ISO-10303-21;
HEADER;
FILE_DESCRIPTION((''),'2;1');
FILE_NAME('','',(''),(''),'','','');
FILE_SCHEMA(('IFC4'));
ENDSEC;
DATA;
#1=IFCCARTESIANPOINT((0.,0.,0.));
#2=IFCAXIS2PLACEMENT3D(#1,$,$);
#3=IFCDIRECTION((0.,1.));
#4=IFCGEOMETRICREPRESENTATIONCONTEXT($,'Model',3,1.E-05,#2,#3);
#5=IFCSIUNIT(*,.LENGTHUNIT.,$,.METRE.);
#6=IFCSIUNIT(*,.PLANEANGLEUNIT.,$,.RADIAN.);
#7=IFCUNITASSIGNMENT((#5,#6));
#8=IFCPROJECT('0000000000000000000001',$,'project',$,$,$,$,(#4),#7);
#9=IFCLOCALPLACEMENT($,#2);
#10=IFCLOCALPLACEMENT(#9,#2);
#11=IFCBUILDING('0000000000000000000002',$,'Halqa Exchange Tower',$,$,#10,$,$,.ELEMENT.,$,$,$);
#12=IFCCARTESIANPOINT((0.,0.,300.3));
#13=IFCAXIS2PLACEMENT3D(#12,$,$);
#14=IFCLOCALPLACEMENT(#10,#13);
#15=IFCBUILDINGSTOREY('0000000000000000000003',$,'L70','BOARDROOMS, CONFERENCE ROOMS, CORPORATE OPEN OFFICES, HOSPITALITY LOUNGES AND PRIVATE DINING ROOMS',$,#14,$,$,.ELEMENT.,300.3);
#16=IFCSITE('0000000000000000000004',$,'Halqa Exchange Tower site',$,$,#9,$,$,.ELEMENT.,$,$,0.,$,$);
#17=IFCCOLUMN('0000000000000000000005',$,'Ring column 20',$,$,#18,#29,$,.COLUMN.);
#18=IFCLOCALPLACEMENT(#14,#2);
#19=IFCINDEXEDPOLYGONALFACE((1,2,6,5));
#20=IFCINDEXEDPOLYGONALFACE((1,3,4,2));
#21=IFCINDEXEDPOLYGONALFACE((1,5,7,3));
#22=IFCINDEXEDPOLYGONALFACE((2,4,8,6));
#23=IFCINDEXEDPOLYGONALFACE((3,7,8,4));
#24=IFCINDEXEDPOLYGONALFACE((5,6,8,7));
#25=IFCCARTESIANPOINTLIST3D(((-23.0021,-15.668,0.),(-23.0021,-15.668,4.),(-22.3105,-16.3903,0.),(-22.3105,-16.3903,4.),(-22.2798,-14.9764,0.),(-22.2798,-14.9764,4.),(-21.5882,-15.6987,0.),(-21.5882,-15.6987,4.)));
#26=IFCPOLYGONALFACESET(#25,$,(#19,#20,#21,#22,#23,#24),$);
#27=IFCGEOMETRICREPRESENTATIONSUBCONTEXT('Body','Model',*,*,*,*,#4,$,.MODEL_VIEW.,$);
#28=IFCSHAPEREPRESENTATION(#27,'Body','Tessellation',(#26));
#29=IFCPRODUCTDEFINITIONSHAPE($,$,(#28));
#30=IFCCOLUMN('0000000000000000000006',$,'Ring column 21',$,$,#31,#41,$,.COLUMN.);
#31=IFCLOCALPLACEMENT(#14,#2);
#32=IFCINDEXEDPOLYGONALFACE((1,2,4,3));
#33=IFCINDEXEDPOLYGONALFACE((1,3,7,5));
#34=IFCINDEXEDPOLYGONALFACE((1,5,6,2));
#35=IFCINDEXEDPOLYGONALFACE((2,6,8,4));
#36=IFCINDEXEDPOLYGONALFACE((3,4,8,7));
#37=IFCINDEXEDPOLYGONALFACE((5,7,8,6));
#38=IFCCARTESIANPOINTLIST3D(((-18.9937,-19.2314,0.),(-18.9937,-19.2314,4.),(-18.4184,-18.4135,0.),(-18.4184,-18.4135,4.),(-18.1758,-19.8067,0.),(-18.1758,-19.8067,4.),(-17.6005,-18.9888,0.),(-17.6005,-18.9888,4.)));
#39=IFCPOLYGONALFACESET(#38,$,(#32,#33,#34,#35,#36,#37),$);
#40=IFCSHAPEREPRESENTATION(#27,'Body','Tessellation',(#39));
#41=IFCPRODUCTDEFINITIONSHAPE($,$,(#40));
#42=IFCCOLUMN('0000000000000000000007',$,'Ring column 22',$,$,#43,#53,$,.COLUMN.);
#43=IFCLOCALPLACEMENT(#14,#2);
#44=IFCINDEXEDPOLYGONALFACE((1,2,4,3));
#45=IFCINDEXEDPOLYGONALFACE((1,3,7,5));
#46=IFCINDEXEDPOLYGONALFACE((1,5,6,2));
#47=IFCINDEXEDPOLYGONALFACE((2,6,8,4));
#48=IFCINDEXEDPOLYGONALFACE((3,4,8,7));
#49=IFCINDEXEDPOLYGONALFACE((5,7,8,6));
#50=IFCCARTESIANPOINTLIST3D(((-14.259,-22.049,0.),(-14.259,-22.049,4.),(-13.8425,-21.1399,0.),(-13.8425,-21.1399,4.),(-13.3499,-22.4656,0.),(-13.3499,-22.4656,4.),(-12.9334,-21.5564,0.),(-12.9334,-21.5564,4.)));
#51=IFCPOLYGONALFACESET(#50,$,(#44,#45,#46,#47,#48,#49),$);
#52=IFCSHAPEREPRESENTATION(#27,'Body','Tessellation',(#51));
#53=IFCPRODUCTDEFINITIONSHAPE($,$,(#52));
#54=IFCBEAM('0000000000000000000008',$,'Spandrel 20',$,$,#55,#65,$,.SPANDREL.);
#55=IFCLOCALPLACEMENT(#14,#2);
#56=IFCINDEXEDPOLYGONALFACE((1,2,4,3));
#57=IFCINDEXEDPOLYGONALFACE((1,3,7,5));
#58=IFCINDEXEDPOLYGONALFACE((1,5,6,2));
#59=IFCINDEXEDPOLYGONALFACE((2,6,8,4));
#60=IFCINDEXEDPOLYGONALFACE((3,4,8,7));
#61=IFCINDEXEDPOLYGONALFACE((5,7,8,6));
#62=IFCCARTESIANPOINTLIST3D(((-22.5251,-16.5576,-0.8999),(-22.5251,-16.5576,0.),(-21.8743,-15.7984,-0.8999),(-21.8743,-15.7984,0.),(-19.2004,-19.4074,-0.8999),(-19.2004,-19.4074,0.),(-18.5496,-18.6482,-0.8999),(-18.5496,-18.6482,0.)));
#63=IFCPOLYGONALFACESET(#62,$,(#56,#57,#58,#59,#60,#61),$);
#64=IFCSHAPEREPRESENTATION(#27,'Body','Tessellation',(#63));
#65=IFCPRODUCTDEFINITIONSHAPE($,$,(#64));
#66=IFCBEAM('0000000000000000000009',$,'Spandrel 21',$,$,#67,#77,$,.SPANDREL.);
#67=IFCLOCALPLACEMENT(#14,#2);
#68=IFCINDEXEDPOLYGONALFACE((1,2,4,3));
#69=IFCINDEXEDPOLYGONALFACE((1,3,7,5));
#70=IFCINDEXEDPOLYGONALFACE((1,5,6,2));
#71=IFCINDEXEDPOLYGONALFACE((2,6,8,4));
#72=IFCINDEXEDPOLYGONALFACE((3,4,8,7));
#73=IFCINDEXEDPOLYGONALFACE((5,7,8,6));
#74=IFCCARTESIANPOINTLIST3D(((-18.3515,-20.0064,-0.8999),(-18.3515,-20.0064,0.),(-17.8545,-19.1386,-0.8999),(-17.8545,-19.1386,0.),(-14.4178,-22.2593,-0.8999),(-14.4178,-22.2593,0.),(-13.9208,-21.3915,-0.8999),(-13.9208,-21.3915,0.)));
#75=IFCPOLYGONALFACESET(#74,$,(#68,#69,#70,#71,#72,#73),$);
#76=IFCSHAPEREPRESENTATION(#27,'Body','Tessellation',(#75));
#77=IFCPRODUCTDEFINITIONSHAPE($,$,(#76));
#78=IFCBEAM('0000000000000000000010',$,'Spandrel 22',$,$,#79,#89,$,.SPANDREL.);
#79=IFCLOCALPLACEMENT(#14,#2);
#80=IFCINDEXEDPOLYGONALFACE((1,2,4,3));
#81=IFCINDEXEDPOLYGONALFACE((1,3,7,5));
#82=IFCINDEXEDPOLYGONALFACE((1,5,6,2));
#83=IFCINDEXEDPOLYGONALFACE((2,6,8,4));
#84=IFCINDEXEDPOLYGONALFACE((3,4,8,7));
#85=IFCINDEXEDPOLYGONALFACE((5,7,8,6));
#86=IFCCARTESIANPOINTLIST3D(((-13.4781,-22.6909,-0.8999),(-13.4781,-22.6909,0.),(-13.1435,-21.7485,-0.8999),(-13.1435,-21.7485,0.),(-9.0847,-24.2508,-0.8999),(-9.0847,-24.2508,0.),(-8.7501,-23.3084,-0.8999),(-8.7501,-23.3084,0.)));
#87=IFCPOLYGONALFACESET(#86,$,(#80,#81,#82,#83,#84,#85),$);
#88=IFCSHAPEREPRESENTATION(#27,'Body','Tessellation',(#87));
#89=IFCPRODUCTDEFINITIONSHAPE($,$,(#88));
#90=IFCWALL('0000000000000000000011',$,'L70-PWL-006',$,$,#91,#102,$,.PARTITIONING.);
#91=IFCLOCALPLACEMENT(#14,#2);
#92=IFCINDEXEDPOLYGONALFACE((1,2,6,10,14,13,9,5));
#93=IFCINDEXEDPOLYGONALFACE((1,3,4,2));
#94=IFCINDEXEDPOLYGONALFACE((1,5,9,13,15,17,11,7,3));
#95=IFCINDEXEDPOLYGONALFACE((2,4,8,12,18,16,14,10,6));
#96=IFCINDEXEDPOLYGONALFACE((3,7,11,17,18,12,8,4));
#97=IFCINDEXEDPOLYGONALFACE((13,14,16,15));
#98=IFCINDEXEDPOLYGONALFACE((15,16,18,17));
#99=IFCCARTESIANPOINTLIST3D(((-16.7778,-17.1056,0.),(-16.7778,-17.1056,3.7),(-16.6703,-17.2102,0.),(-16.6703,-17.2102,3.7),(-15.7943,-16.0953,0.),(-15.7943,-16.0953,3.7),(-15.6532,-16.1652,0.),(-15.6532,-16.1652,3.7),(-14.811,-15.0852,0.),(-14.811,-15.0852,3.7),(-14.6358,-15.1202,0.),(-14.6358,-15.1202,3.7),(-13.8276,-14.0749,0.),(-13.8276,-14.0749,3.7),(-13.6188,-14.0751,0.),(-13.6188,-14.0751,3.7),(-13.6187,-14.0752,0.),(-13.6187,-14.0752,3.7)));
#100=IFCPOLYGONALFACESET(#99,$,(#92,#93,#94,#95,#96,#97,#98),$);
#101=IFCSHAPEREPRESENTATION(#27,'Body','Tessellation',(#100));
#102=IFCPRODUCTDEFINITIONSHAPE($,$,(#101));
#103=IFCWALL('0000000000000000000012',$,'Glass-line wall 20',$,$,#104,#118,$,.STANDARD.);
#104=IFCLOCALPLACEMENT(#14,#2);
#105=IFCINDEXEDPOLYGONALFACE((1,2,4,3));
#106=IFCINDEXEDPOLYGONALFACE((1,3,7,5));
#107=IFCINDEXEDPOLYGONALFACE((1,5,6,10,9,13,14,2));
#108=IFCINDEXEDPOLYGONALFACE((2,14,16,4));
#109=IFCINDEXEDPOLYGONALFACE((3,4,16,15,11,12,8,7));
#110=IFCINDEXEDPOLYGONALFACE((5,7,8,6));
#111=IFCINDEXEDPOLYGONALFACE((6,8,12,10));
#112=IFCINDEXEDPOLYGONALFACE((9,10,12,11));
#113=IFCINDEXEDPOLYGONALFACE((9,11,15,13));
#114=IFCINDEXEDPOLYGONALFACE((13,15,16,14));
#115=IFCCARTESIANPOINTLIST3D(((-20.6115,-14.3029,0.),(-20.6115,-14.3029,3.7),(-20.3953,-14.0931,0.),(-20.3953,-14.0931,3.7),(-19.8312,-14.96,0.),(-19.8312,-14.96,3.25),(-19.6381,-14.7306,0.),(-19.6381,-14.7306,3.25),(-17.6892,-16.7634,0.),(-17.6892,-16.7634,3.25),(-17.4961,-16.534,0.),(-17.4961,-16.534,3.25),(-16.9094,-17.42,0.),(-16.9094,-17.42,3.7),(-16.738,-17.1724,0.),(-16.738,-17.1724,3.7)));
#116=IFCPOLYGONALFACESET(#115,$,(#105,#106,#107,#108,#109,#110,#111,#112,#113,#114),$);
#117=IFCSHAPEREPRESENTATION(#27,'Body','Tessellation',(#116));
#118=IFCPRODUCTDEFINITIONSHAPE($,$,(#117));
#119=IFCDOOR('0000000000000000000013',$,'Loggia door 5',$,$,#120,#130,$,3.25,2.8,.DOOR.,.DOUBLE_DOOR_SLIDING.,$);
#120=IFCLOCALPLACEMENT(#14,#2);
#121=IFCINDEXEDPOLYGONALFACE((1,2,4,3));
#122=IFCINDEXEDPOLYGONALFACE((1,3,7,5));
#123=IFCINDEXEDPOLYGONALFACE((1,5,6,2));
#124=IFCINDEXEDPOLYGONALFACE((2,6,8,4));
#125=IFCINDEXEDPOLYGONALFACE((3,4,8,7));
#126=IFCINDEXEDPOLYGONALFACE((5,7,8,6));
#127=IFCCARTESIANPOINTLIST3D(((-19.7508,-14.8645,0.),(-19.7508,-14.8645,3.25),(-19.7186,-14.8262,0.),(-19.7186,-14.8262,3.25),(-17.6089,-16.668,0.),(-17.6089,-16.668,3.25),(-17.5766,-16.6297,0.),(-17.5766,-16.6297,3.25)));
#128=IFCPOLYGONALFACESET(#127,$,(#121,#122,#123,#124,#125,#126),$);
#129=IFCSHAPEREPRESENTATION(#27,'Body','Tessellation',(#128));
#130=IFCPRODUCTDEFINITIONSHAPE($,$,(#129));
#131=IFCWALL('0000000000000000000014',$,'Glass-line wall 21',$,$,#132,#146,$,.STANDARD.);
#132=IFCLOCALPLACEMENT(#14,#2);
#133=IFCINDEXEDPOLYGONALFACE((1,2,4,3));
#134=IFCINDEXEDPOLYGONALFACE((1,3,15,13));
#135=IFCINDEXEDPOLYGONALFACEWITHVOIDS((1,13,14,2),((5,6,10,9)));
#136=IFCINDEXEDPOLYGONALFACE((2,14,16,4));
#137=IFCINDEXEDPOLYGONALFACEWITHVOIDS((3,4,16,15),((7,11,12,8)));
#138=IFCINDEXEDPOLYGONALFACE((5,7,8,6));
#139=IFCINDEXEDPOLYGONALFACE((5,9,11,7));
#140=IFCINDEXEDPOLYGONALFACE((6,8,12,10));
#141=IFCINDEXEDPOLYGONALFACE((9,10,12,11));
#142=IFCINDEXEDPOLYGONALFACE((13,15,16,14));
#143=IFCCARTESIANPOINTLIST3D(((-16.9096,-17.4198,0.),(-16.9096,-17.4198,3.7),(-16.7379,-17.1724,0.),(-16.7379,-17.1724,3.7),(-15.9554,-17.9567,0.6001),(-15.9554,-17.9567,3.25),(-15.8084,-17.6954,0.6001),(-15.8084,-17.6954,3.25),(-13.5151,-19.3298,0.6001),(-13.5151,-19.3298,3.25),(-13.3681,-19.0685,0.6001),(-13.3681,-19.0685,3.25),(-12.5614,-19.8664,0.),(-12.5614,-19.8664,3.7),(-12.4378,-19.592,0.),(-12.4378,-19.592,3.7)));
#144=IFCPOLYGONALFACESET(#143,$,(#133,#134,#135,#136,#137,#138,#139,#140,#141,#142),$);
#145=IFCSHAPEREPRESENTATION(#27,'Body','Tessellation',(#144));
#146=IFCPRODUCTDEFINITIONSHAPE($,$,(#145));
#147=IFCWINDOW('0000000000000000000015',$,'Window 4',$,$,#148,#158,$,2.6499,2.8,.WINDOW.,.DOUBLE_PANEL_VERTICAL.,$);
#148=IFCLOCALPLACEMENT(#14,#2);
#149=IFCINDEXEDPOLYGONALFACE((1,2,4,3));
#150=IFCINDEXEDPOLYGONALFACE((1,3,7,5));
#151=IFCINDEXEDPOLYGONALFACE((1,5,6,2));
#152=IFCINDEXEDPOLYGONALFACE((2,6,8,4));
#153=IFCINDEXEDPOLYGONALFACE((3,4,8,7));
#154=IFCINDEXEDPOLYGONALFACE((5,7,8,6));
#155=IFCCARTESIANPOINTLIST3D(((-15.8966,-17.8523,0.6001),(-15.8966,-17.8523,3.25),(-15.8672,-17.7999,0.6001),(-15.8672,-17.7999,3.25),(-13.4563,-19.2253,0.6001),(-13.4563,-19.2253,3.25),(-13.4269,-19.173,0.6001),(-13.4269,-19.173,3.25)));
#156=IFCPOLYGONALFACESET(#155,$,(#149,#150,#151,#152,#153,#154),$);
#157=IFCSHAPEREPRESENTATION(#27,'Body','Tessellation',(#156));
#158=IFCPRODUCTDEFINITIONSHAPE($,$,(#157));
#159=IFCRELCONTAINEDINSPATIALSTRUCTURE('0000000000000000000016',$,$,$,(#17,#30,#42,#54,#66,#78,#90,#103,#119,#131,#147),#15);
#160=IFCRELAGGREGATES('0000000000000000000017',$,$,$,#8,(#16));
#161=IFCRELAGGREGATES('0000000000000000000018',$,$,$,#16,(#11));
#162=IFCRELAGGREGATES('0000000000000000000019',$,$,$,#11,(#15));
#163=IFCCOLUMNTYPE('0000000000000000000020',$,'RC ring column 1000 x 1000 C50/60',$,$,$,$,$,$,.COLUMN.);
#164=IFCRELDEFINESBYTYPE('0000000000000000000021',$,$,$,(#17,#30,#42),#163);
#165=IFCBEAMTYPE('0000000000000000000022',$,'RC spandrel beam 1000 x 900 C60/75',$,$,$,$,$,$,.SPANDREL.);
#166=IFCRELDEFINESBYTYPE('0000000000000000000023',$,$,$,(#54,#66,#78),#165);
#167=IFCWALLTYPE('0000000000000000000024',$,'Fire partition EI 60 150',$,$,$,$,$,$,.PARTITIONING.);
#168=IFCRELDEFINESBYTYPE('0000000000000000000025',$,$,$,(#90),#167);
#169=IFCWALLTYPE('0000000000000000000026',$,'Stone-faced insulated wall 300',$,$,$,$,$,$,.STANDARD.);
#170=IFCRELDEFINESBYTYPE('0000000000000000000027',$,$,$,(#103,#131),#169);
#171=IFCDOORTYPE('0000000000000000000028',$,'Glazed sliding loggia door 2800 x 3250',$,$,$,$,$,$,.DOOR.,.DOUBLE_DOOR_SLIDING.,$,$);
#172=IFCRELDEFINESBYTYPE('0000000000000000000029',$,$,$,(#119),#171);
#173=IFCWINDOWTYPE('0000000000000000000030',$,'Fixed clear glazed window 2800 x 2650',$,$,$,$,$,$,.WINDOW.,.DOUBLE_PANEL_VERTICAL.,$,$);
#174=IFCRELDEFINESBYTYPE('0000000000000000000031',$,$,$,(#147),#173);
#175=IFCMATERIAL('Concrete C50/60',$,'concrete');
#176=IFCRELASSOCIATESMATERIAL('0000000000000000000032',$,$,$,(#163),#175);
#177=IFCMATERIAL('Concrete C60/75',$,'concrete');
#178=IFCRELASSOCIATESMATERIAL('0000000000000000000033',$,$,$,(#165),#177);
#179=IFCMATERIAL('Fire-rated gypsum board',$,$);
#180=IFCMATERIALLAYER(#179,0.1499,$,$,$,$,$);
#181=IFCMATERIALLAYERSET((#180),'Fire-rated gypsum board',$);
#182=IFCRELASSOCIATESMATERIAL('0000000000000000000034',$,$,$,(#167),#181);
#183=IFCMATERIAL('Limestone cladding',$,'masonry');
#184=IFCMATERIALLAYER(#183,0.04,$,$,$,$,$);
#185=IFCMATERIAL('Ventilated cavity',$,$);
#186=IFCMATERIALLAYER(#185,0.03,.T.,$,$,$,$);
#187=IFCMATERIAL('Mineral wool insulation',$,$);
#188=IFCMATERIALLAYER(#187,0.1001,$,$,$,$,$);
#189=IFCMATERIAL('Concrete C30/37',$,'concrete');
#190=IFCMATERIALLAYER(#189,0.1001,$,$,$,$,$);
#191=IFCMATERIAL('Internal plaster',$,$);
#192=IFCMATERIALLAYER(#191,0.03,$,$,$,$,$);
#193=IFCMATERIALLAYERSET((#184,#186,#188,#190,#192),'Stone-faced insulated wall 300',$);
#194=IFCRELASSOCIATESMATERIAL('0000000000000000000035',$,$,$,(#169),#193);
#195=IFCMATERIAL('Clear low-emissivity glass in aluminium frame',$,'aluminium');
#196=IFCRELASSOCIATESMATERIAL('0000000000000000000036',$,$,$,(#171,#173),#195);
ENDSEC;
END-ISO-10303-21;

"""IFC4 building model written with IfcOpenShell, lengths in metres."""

from ifc_helpers import new_model, si_unit, direction, frame, frame_2d, origin, origin_2d, place, context, subcontext, project, spatial, polyline, rectangle, outline, extrude, material, layer, layer_set, material_profile, profile_set, type_object, element, fill, save


model = new_model("IFC4")

# Units and contexts
model_context = context("Model", 3, precision=1e-05, world=origin(), true_north=direction((0.0, 1.0)))
body_context = subcontext(model_context, "Body", "Model", "MODEL_VIEW")
ifc_project = project(units=[si_unit("LENGTHUNIT", "METRE"), si_unit("PLANEANGLEUNIT", "RADIAN")], contexts=[model_context])

# Site, building, storey
site_placement = place(None, origin())
site = spatial("IfcSite", under=ifc_project, at=site_placement, Name="Halqa Exchange Tower site", CompositionType="ELEMENT", RefElevation=0.0)
building_placement = place(site_placement, origin())
building = spatial("IfcBuilding", under=site, at=building_placement, Name="Halqa Exchange Tower", CompositionType="ELEMENT")
storey_placement = place(building_placement, frame((0.0, 0.0, 300.3)))
storey = spatial("IfcBuildingStorey", under=building, at=storey_placement, Name="L70", Description="BOARDROOMS, CONFERENCE ROOMS, CORPORATE OPEN OFFICES, HOSPITALITY LOUNGES AND PRIVATE DINING ROOMS", CompositionType="ELEMENT", Elevation=300.3)

# Columns
ifc_material_1 = material(Name="Concrete C50/60", Category="concrete")
ifc_material_profile_1 = material_profile(ifc_material_1, rectangle(XDim=1.0, YDim=1.0, at=origin_2d()), Name="1000 x 1000")
ifc_profile_set_1 = profile_set([ifc_material_profile_1], Name="Concrete C50/60")
column_type = type_object("IfcColumnType", Name="RC ring column 1000 x 1000 C50/60", PredefinedType="COLUMN", material=ifc_profile_set_1)
for number, where, z_axis, x_axis, name in (
    (1, (-22.2952, -15.6833, 0.0), (0.0, 0.0, 1.0), (0.691581, -0.722299, 0.0), "Ring column 20"),
    (2, (-18.2971, -19.1101, 0.0), (0.0, 0.0, 1.0), (0.817904, -0.575355, 0.0), "Ring column 21"),
    (3, (-13.5962, -21.8027, 0.0), (0.0, 0.0, 1.0), (0.909126, -0.41652, 0.0), "Ring column 22"),
):
    element("IfcColumn", number, at=place(storey_placement, frame(where, z_axis=z_axis, x_axis=x_axis)), inside=storey, type_object=column_type, Name=name, PredefinedType="COLUMN", context=body_context, shape_type="SweptSolid", body=[
        extrude(rectangle(XDim=1.0, YDim=1.0, at=origin_2d()), origin(), (0.0, 0.0, 1.0), 4.0),
    ])

# Beams
ifc_material_2 = material(Name="Concrete C60/75", Category="concrete")
ifc_material_profile_2 = material_profile(ifc_material_2, rectangle(XDim=1.0, YDim=0.8999, at=origin_2d()), Name="1000 x 900")
ifc_profile_set_2 = profile_set([ifc_material_profile_2], Name="Concrete C60/75")
beam_type = type_object("IfcBeamType", Name="RC spandrel beam 1000 x 900 C60/75", PredefinedType="SPANDREL", material=ifc_profile_set_2)
beam_1_placement = place(storey_placement, frame((-22.1997, -16.178, -0.45), z_axis=(0.759245, -0.650805, 0.0), x_axis=(0.650805, 0.759245, 0.0)))
element("IfcBeam", 4, at=beam_1_placement, inside=storey, type_object=beam_type, Name="Spandrel 20", PredefinedType="SPANDREL", context=body_context, shape_type="SweptSolid", body=[
    extrude(rectangle(XDim=1.0, YDim=0.8999, at=origin_2d()), origin(), (0.0, 0.0, 1.0), 4.3789),
])
beam_2_placement = place(storey_placement, frame((-18.103, -19.5725, -0.45), z_axis=(0.867766, -0.496974, 0.0), x_axis=(0.496974, 0.867766, 0.0)))
element("IfcBeam", 5, at=beam_2_placement, inside=storey, type_object=beam_type, Name="Spandrel 21", PredefinedType="SPANDREL", context=body_context, shape_type="SweptSolid", body=[
    extrude(rectangle(XDim=1.0, YDim=0.8999, at=origin_2d()), origin(), (0.0, 0.0, 1.0), 4.5332),
])
beam_3_placement = place(storey_placement, frame((-13.3108, -22.2197, -0.45), z_axis=(0.942367, -0.334581, 0.0), x_axis=(0.334581, 0.942367, 0.0)))
element("IfcBeam", 6, at=beam_3_placement, inside=storey, type_object=beam_type, Name="Spandrel 22", PredefinedType="SPANDREL", context=body_context, shape_type="SweptSolid", body=[
    extrude(rectangle(XDim=1.0, YDim=0.8999, at=origin_2d()), origin(), (0.0, 0.0, 1.0), 4.6621),
])

# Shared definitions
ifc_material_3 = material(Name="Fire-rated gypsum board")
ifc_layer_1 = layer(ifc_material_3, 0.1499)
ifc_layer_set_1 = layer_set([ifc_layer_1], Name="Fire-rated gypsum board")
wall_type_1 = type_object("IfcWallType", Name="Fire partition EI 60 150", PredefinedType="PARTITIONING", material=ifc_layer_set_1)

# Wall
wall_1_placement = place(storey_placement, frame((-13.6724, -14.0229, 0.0), z_axis=(0.0, 0.0, 1.0), x_axis=(-0.697528, -0.716557, 0.0)))
element("IfcWall", 7, at=wall_1_placement, inside=storey, type_object=wall_type_1, Name="L70-PWL-006", PredefinedType="PARTITIONING", context=body_context, shape_type="SweptSolid", body=[
    extrude(outline(polyline([(0.0, 0.075), (0.0, 0.0747), (0.1455, -0.075), (1.5554, -0.075), (2.9651, -0.075), (4.375, -0.075), (4.375, 0.075), (2.9167, 0.075), (1.4583, 0.075), (0.0, 0.075)])), origin(), (0.0, 0.0, 1.0), 3.7),
])

# Wall, opening, door
ifc_material_4 = material(Name="Limestone cladding", Category="masonry")
ifc_layer_2 = layer(ifc_material_4, 0.04)
ifc_material_5 = material(Name="Ventilated cavity")
ifc_layer_3 = layer(ifc_material_5, 0.03, ventilated=True)
ifc_material_6 = material(Name="Mineral wool insulation")
ifc_layer_4 = layer(ifc_material_6, 0.1001)
ifc_material_7 = material(Name="Concrete C30/37", Category="concrete")
ifc_layer_5 = layer(ifc_material_7, 0.1001)
ifc_material_8 = material(Name="Internal plaster")
ifc_layer_6 = layer(ifc_material_8, 0.03)
ifc_layer_set_2 = layer_set([ifc_layer_2, ifc_layer_3, ifc_layer_4, ifc_layer_5, ifc_layer_6], Name="Stone-faced insulated wall 300")
wall_type_2 = type_object("IfcWallType", Name="Stone-faced insulated wall 300", PredefinedType="STANDARD", material=ifc_layer_set_2)
wall_2_placement = place(storey_placement, frame((-20.5034, -14.198, 0.0), z_axis=(0.0, 0.0, 1.0), x_axis=(0.764966, -0.64407, 0.0)))
wall_2 = element("IfcWall", 8, at=wall_2_placement, inside=storey, type_object=wall_type_2, Name="Glass-line wall 20", PredefinedType="STANDARD", context=body_context, shape_type="SweptSolid", body=[
    extrude(outline(polyline([(-0.0151, -0.1499), (4.8245, -0.1499), (4.7961, 0.1499), (0.0151, 0.1499), (-0.0151, -0.1499)])), origin(), (0.0, 0.0, 1.0), 3.7),
])
opening_1_placement = place(wall_2_placement, frame((1.0051, 0.0, 0.0)))
opening_1 = element("IfcOpeningElement", 9, at=opening_1_placement, cuts=wall_2, PredefinedType="OPENING", context=body_context, shape_type="SweptSolid", body=[
    extrude(rectangle(XDim=2.8, YDim=3.25, at=frame_2d((1.3999, 1.625))), frame((0.0, 0.1621, 0.0), z_axis=(0.0, -1.0, 0.0), x_axis=(1.0, 0.0, 0.0)), (0.0, 0.0, 1.0), 0.324),
])
ifc_material_9 = material(Name="Clear low-emissivity glass in aluminium frame", Category="aluminium")
door_type_1 = type_object("IfcDoorType", Name="Glazed sliding loggia door 2800 x 3250", OperationType="DOUBLE_DOOR_SLIDING", PredefinedType="DOOR", material=ifc_material_9)
door_1_placement = place(opening_1_placement, origin())
door_1 = element("IfcDoor", 10, at=door_1_placement, inside=storey, type_object=door_type_1, Name="Loggia door 5", OperationType="DOUBLE_DOOR_SLIDING", OverallHeight=3.25, OverallWidth=2.8, PredefinedType="DOOR", context=body_context, shape_type="SweptSolid", body=[
    extrude(rectangle(XDim=2.8, YDim=3.25, at=frame_2d((1.3999, 1.625))), frame((0.0, 0.0249, 0.0), z_axis=(0.0, -1.0, 0.0), x_axis=(1.0, 0.0, 0.0)), (0.0, 0.0, 1.0), 0.05),
])
fill(opening_1, door_1)

# Wall, opening, window
wall_3_placement = place(storey_placement, frame((-16.8237, -17.2961, 0.0), z_axis=(0.0, 0.0, 1.0), x_axis=(0.871512, -0.490373, 0.0)))
wall_3 = element("IfcWall", 11, at=wall_3_placement, inside=storey, type_object=wall_type_2, Name="Glass-line wall 21", PredefinedType="STANDARD", context=body_context, shape_type="SweptSolid", body=[
    extrude(outline(polyline([(-0.0142, -0.1499), (4.9751, -0.1499), (4.9482, 0.1499), (0.0142, 0.1499), (-0.0142, -0.1499)])), origin(), (0.0, 0.0, 1.0), 3.7),
])
opening_2_placement = place(wall_3_placement, frame((1.0808, 0.0, 0.6001)))
opening_2 = element("IfcOpeningElement", 12, at=opening_2_placement, cuts=wall_3, PredefinedType="OPENING", context=body_context, shape_type="SweptSolid", body=[
    extrude(rectangle(XDim=2.8, YDim=2.6499, at=frame_2d((1.3999, 1.325))), frame((0.0, 0.1621, 0.0), z_axis=(0.0, -1.0, 0.0), x_axis=(1.0, 0.0, 0.0)), (0.0, 0.0, 1.0), 0.324),
])
window_type = type_object("IfcWindowType", Name="Fixed clear glazed window 2800 x 2650", PartitioningType="DOUBLE_PANEL_VERTICAL", PredefinedType="WINDOW", material=ifc_material_9)
window_1_placement = place(opening_2_placement, origin())
window_1 = element("IfcWindow", 13, at=window_1_placement, inside=storey, type_object=window_type, Name="Window 4", OverallHeight=2.6499, OverallWidth=2.8, PartitioningType="DOUBLE_PANEL_VERTICAL", PredefinedType="WINDOW", context=body_context, shape_type="SweptSolid", body=[
    extrude(rectangle(XDim=2.8, YDim=2.6499, at=frame_2d((1.3999, 1.325))), frame((0.0, 0.03, 0.0), z_axis=(0.0, -1.0, 0.0), x_axis=(1.0, 0.0, 0.0)), (0.0, 0.0, 1.0), 0.0601),
])
fill(opening_2, window_1)

save(model, "model.ifc")
